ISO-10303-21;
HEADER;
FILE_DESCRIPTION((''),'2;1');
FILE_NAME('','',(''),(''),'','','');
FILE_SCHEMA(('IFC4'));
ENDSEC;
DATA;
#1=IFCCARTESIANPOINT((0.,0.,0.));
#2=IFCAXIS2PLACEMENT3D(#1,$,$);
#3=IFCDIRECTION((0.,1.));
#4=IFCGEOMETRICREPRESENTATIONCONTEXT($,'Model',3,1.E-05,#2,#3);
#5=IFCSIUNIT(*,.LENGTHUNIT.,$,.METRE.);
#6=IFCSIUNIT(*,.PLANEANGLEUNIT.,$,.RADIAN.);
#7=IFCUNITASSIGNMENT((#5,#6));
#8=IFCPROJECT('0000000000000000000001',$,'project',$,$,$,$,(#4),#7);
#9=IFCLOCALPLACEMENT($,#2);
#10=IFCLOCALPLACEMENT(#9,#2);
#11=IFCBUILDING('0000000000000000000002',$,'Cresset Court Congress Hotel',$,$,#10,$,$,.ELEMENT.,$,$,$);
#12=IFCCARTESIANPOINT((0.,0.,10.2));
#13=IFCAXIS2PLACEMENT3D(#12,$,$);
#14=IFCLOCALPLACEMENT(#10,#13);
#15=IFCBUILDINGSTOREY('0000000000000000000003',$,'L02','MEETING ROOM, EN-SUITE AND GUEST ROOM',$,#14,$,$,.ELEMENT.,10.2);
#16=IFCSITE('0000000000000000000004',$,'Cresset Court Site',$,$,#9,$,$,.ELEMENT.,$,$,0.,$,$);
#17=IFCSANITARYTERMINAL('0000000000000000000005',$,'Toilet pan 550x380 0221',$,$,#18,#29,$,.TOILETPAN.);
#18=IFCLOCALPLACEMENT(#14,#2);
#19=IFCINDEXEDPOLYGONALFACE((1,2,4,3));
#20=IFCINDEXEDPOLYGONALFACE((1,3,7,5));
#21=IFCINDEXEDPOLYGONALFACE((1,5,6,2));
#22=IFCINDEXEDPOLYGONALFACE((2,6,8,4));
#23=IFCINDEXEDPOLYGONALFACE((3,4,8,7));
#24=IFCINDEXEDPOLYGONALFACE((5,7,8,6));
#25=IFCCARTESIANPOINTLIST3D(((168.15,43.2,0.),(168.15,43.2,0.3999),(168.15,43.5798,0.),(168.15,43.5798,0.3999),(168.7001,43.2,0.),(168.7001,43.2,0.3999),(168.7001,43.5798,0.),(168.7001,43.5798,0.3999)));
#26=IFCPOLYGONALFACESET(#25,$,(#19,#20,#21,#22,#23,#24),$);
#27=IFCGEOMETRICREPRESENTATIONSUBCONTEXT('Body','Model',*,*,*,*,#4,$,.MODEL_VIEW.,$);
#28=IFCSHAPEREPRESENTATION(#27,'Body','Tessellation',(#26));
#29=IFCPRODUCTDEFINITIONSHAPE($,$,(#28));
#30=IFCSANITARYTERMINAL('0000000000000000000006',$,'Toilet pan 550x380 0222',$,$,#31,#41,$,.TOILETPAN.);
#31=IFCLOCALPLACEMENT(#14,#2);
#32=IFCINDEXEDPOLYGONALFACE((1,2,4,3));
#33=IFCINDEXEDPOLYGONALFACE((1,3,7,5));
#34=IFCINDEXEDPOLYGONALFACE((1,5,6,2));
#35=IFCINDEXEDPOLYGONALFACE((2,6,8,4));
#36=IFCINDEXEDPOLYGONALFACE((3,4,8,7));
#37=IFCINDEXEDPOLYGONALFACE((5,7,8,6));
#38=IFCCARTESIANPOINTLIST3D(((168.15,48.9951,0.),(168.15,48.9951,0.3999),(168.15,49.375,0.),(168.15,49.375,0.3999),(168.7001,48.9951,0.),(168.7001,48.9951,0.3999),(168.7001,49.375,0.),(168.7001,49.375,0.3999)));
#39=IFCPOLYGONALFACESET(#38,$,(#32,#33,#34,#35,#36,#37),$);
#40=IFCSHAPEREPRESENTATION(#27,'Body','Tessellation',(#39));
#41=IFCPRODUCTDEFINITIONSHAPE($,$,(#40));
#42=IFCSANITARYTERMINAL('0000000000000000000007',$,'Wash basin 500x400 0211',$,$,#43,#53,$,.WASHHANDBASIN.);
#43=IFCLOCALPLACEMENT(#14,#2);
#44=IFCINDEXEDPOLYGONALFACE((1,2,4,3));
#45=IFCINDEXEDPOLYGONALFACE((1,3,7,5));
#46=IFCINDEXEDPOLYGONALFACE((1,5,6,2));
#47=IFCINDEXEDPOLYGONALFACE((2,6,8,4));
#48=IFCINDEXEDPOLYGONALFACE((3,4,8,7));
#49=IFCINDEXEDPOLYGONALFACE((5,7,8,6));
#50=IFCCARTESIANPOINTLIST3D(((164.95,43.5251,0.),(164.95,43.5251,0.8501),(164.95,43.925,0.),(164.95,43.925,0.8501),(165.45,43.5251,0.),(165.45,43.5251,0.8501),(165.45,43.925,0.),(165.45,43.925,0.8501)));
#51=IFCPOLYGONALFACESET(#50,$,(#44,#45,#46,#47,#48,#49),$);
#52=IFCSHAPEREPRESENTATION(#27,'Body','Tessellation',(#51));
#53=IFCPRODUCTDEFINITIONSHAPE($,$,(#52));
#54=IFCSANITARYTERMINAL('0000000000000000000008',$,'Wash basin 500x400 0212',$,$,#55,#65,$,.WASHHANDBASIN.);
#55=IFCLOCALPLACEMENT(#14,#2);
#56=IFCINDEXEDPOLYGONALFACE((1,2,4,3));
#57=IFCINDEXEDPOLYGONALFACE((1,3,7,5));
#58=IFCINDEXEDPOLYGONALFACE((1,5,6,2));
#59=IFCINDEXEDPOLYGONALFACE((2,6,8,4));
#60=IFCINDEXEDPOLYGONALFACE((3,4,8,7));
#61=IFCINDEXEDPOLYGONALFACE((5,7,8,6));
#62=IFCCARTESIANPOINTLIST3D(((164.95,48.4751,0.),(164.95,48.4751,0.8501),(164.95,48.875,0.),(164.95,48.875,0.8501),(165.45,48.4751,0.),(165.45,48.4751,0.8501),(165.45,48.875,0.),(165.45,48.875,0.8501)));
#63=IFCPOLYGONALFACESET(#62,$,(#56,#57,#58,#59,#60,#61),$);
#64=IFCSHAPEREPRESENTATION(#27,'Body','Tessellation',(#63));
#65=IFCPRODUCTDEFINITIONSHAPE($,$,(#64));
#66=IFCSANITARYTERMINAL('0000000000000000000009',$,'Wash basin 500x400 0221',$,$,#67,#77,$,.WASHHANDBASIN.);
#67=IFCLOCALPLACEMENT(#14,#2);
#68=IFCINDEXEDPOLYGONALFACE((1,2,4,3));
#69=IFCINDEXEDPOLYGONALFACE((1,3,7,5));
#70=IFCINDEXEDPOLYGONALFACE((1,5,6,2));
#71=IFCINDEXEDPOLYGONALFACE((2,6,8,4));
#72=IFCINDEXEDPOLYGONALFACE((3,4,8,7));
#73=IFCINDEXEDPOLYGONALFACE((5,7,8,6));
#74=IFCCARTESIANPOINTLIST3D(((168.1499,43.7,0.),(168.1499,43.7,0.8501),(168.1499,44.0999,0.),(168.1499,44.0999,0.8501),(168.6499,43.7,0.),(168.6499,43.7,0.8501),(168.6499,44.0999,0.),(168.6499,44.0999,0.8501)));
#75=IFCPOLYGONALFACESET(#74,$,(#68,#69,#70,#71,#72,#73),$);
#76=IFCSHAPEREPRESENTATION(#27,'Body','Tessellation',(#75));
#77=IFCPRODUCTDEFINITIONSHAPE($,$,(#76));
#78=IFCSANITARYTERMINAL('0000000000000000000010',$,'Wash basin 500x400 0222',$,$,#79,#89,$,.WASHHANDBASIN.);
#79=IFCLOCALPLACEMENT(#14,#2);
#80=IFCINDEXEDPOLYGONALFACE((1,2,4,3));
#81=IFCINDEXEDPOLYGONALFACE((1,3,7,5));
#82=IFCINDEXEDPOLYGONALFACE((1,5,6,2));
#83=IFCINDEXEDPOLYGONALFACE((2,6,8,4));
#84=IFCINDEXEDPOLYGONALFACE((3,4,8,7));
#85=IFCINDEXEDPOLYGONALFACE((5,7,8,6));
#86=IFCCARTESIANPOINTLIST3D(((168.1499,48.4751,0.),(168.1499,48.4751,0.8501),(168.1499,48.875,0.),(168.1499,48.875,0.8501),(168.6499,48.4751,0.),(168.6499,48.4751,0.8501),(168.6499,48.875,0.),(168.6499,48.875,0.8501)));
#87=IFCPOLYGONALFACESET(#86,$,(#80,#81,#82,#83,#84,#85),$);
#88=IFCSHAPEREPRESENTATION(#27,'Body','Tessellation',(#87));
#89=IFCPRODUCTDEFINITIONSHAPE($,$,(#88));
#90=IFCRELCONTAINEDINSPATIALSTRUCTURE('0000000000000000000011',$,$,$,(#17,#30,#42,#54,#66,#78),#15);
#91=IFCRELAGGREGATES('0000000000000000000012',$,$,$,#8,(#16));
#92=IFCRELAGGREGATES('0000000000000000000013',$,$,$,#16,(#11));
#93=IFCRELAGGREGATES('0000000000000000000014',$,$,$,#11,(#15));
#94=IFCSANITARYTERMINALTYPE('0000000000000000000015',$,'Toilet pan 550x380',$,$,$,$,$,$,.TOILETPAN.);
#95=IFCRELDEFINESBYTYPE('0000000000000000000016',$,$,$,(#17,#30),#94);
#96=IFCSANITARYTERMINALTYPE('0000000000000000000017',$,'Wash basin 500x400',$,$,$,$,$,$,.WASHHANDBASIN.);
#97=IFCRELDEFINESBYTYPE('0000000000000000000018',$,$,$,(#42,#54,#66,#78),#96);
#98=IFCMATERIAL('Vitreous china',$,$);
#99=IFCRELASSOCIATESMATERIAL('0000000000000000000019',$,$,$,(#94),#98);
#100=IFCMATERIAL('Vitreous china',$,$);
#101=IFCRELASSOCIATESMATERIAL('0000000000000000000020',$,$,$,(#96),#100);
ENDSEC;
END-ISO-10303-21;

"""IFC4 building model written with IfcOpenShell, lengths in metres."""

from ifc_helpers import new_model, si_unit, direction, frame, origin, origin_2d, place, context, subcontext, project, spatial, rectangle, extrude, material, type_object, element, save


model = new_model("IFC4")

# Units and contexts
model_context = context("Model", 3, precision=1e-05, world=origin(), true_north=direction((0.0, 1.0)))
body_context = subcontext(model_context, "Body", "Model", "MODEL_VIEW")
ifc_project = project(units=[si_unit("LENGTHUNIT", "METRE"), si_unit("PLANEANGLEUNIT", "RADIAN")], contexts=[model_context])

# Site, building, storey
site_placement = place(None, origin())
site = spatial("IfcSite", under=ifc_project, at=site_placement, Name="Cresset Court Site", CompositionType="ELEMENT", RefElevation=0.0)
building_placement = place(site_placement, origin())
building = spatial("IfcBuilding", under=site, at=building_placement, Name="Cresset Court Congress Hotel", CompositionType="ELEMENT")
storey_placement = place(building_placement, frame((0.0, 0.0, 10.2)))
storey = spatial("IfcBuildingStorey", under=building, at=storey_placement, Name="L02", Description="MEETING ROOM, EN-SUITE AND GUEST ROOM", CompositionType="ELEMENT", Elevation=10.2)

# Sanitary terminals
ifc_material_1 = material(Name="Vitreous china")
sanitary_terminal_type_1 = type_object("IfcSanitaryTerminalType", Name="Toilet pan 550x380", PredefinedType="TOILETPAN", material=ifc_material_1)
for number, where, z_axis, x_axis, name in (
    (1, (168.425, 43.3899, 0.0), (0.0, 0.0, 1.0), (1.0, 0.0, 0.0), "Toilet pan 550x380 0221"),
    (2, (168.425, 49.1851, 0.0), (0.0, 0.0, 1.0), (1.0, 0.0, 0.0), "Toilet pan 550x380 0222"),
):
    element("IfcSanitaryTerminal", number, at=place(storey_placement, frame(where, z_axis=z_axis, x_axis=x_axis)), inside=storey, type_object=sanitary_terminal_type_1, Name=name, PredefinedType="TOILETPAN", context=body_context, shape_type="SweptSolid", body=[
        extrude(rectangle(XDim=0.55, YDim=0.3799, at=origin_2d()), origin(), (0.0, 0.0, 1.0), 0.3999),
    ])
ifc_material_2 = material(Name="Vitreous china")
sanitary_terminal_type_2 = type_object("IfcSanitaryTerminalType", Name="Wash basin 500x400", PredefinedType="WASHHANDBASIN", material=ifc_material_2)
for number, where, z_axis, x_axis, name in (
    (3, (165.2, 43.7251, 0.0), (0.0, 0.0, 1.0), (1.0, 0.0, 0.0), "Wash basin 500x400 0211"),
    (4, (165.2, 48.675, 0.0), (0.0, 0.0, 1.0), (1.0, 0.0, 0.0), "Wash basin 500x400 0212"),
    (5, (168.3999, 43.8999, 0.0), (0.0, 0.0, 1.0), (1.0, 0.0, 0.0), "Wash basin 500x400 0221"),
    (6, (168.3999, 48.675, 0.0), (0.0, 0.0, 1.0), (1.0, 0.0, 0.0), "Wash basin 500x400 0222"),
):
    element("IfcSanitaryTerminal", number, at=place(storey_placement, frame(where, z_axis=z_axis, x_axis=x_axis)), inside=storey, type_object=sanitary_terminal_type_2, Name=name, PredefinedType="WASHHANDBASIN", context=body_context, shape_type="SweptSolid", body=[
        extrude(rectangle(XDim=0.5, YDim=0.3999, at=origin_2d()), origin(), (0.0, 0.0, 1.0), 0.8501),
    ])

save(model, "model.ifc")
